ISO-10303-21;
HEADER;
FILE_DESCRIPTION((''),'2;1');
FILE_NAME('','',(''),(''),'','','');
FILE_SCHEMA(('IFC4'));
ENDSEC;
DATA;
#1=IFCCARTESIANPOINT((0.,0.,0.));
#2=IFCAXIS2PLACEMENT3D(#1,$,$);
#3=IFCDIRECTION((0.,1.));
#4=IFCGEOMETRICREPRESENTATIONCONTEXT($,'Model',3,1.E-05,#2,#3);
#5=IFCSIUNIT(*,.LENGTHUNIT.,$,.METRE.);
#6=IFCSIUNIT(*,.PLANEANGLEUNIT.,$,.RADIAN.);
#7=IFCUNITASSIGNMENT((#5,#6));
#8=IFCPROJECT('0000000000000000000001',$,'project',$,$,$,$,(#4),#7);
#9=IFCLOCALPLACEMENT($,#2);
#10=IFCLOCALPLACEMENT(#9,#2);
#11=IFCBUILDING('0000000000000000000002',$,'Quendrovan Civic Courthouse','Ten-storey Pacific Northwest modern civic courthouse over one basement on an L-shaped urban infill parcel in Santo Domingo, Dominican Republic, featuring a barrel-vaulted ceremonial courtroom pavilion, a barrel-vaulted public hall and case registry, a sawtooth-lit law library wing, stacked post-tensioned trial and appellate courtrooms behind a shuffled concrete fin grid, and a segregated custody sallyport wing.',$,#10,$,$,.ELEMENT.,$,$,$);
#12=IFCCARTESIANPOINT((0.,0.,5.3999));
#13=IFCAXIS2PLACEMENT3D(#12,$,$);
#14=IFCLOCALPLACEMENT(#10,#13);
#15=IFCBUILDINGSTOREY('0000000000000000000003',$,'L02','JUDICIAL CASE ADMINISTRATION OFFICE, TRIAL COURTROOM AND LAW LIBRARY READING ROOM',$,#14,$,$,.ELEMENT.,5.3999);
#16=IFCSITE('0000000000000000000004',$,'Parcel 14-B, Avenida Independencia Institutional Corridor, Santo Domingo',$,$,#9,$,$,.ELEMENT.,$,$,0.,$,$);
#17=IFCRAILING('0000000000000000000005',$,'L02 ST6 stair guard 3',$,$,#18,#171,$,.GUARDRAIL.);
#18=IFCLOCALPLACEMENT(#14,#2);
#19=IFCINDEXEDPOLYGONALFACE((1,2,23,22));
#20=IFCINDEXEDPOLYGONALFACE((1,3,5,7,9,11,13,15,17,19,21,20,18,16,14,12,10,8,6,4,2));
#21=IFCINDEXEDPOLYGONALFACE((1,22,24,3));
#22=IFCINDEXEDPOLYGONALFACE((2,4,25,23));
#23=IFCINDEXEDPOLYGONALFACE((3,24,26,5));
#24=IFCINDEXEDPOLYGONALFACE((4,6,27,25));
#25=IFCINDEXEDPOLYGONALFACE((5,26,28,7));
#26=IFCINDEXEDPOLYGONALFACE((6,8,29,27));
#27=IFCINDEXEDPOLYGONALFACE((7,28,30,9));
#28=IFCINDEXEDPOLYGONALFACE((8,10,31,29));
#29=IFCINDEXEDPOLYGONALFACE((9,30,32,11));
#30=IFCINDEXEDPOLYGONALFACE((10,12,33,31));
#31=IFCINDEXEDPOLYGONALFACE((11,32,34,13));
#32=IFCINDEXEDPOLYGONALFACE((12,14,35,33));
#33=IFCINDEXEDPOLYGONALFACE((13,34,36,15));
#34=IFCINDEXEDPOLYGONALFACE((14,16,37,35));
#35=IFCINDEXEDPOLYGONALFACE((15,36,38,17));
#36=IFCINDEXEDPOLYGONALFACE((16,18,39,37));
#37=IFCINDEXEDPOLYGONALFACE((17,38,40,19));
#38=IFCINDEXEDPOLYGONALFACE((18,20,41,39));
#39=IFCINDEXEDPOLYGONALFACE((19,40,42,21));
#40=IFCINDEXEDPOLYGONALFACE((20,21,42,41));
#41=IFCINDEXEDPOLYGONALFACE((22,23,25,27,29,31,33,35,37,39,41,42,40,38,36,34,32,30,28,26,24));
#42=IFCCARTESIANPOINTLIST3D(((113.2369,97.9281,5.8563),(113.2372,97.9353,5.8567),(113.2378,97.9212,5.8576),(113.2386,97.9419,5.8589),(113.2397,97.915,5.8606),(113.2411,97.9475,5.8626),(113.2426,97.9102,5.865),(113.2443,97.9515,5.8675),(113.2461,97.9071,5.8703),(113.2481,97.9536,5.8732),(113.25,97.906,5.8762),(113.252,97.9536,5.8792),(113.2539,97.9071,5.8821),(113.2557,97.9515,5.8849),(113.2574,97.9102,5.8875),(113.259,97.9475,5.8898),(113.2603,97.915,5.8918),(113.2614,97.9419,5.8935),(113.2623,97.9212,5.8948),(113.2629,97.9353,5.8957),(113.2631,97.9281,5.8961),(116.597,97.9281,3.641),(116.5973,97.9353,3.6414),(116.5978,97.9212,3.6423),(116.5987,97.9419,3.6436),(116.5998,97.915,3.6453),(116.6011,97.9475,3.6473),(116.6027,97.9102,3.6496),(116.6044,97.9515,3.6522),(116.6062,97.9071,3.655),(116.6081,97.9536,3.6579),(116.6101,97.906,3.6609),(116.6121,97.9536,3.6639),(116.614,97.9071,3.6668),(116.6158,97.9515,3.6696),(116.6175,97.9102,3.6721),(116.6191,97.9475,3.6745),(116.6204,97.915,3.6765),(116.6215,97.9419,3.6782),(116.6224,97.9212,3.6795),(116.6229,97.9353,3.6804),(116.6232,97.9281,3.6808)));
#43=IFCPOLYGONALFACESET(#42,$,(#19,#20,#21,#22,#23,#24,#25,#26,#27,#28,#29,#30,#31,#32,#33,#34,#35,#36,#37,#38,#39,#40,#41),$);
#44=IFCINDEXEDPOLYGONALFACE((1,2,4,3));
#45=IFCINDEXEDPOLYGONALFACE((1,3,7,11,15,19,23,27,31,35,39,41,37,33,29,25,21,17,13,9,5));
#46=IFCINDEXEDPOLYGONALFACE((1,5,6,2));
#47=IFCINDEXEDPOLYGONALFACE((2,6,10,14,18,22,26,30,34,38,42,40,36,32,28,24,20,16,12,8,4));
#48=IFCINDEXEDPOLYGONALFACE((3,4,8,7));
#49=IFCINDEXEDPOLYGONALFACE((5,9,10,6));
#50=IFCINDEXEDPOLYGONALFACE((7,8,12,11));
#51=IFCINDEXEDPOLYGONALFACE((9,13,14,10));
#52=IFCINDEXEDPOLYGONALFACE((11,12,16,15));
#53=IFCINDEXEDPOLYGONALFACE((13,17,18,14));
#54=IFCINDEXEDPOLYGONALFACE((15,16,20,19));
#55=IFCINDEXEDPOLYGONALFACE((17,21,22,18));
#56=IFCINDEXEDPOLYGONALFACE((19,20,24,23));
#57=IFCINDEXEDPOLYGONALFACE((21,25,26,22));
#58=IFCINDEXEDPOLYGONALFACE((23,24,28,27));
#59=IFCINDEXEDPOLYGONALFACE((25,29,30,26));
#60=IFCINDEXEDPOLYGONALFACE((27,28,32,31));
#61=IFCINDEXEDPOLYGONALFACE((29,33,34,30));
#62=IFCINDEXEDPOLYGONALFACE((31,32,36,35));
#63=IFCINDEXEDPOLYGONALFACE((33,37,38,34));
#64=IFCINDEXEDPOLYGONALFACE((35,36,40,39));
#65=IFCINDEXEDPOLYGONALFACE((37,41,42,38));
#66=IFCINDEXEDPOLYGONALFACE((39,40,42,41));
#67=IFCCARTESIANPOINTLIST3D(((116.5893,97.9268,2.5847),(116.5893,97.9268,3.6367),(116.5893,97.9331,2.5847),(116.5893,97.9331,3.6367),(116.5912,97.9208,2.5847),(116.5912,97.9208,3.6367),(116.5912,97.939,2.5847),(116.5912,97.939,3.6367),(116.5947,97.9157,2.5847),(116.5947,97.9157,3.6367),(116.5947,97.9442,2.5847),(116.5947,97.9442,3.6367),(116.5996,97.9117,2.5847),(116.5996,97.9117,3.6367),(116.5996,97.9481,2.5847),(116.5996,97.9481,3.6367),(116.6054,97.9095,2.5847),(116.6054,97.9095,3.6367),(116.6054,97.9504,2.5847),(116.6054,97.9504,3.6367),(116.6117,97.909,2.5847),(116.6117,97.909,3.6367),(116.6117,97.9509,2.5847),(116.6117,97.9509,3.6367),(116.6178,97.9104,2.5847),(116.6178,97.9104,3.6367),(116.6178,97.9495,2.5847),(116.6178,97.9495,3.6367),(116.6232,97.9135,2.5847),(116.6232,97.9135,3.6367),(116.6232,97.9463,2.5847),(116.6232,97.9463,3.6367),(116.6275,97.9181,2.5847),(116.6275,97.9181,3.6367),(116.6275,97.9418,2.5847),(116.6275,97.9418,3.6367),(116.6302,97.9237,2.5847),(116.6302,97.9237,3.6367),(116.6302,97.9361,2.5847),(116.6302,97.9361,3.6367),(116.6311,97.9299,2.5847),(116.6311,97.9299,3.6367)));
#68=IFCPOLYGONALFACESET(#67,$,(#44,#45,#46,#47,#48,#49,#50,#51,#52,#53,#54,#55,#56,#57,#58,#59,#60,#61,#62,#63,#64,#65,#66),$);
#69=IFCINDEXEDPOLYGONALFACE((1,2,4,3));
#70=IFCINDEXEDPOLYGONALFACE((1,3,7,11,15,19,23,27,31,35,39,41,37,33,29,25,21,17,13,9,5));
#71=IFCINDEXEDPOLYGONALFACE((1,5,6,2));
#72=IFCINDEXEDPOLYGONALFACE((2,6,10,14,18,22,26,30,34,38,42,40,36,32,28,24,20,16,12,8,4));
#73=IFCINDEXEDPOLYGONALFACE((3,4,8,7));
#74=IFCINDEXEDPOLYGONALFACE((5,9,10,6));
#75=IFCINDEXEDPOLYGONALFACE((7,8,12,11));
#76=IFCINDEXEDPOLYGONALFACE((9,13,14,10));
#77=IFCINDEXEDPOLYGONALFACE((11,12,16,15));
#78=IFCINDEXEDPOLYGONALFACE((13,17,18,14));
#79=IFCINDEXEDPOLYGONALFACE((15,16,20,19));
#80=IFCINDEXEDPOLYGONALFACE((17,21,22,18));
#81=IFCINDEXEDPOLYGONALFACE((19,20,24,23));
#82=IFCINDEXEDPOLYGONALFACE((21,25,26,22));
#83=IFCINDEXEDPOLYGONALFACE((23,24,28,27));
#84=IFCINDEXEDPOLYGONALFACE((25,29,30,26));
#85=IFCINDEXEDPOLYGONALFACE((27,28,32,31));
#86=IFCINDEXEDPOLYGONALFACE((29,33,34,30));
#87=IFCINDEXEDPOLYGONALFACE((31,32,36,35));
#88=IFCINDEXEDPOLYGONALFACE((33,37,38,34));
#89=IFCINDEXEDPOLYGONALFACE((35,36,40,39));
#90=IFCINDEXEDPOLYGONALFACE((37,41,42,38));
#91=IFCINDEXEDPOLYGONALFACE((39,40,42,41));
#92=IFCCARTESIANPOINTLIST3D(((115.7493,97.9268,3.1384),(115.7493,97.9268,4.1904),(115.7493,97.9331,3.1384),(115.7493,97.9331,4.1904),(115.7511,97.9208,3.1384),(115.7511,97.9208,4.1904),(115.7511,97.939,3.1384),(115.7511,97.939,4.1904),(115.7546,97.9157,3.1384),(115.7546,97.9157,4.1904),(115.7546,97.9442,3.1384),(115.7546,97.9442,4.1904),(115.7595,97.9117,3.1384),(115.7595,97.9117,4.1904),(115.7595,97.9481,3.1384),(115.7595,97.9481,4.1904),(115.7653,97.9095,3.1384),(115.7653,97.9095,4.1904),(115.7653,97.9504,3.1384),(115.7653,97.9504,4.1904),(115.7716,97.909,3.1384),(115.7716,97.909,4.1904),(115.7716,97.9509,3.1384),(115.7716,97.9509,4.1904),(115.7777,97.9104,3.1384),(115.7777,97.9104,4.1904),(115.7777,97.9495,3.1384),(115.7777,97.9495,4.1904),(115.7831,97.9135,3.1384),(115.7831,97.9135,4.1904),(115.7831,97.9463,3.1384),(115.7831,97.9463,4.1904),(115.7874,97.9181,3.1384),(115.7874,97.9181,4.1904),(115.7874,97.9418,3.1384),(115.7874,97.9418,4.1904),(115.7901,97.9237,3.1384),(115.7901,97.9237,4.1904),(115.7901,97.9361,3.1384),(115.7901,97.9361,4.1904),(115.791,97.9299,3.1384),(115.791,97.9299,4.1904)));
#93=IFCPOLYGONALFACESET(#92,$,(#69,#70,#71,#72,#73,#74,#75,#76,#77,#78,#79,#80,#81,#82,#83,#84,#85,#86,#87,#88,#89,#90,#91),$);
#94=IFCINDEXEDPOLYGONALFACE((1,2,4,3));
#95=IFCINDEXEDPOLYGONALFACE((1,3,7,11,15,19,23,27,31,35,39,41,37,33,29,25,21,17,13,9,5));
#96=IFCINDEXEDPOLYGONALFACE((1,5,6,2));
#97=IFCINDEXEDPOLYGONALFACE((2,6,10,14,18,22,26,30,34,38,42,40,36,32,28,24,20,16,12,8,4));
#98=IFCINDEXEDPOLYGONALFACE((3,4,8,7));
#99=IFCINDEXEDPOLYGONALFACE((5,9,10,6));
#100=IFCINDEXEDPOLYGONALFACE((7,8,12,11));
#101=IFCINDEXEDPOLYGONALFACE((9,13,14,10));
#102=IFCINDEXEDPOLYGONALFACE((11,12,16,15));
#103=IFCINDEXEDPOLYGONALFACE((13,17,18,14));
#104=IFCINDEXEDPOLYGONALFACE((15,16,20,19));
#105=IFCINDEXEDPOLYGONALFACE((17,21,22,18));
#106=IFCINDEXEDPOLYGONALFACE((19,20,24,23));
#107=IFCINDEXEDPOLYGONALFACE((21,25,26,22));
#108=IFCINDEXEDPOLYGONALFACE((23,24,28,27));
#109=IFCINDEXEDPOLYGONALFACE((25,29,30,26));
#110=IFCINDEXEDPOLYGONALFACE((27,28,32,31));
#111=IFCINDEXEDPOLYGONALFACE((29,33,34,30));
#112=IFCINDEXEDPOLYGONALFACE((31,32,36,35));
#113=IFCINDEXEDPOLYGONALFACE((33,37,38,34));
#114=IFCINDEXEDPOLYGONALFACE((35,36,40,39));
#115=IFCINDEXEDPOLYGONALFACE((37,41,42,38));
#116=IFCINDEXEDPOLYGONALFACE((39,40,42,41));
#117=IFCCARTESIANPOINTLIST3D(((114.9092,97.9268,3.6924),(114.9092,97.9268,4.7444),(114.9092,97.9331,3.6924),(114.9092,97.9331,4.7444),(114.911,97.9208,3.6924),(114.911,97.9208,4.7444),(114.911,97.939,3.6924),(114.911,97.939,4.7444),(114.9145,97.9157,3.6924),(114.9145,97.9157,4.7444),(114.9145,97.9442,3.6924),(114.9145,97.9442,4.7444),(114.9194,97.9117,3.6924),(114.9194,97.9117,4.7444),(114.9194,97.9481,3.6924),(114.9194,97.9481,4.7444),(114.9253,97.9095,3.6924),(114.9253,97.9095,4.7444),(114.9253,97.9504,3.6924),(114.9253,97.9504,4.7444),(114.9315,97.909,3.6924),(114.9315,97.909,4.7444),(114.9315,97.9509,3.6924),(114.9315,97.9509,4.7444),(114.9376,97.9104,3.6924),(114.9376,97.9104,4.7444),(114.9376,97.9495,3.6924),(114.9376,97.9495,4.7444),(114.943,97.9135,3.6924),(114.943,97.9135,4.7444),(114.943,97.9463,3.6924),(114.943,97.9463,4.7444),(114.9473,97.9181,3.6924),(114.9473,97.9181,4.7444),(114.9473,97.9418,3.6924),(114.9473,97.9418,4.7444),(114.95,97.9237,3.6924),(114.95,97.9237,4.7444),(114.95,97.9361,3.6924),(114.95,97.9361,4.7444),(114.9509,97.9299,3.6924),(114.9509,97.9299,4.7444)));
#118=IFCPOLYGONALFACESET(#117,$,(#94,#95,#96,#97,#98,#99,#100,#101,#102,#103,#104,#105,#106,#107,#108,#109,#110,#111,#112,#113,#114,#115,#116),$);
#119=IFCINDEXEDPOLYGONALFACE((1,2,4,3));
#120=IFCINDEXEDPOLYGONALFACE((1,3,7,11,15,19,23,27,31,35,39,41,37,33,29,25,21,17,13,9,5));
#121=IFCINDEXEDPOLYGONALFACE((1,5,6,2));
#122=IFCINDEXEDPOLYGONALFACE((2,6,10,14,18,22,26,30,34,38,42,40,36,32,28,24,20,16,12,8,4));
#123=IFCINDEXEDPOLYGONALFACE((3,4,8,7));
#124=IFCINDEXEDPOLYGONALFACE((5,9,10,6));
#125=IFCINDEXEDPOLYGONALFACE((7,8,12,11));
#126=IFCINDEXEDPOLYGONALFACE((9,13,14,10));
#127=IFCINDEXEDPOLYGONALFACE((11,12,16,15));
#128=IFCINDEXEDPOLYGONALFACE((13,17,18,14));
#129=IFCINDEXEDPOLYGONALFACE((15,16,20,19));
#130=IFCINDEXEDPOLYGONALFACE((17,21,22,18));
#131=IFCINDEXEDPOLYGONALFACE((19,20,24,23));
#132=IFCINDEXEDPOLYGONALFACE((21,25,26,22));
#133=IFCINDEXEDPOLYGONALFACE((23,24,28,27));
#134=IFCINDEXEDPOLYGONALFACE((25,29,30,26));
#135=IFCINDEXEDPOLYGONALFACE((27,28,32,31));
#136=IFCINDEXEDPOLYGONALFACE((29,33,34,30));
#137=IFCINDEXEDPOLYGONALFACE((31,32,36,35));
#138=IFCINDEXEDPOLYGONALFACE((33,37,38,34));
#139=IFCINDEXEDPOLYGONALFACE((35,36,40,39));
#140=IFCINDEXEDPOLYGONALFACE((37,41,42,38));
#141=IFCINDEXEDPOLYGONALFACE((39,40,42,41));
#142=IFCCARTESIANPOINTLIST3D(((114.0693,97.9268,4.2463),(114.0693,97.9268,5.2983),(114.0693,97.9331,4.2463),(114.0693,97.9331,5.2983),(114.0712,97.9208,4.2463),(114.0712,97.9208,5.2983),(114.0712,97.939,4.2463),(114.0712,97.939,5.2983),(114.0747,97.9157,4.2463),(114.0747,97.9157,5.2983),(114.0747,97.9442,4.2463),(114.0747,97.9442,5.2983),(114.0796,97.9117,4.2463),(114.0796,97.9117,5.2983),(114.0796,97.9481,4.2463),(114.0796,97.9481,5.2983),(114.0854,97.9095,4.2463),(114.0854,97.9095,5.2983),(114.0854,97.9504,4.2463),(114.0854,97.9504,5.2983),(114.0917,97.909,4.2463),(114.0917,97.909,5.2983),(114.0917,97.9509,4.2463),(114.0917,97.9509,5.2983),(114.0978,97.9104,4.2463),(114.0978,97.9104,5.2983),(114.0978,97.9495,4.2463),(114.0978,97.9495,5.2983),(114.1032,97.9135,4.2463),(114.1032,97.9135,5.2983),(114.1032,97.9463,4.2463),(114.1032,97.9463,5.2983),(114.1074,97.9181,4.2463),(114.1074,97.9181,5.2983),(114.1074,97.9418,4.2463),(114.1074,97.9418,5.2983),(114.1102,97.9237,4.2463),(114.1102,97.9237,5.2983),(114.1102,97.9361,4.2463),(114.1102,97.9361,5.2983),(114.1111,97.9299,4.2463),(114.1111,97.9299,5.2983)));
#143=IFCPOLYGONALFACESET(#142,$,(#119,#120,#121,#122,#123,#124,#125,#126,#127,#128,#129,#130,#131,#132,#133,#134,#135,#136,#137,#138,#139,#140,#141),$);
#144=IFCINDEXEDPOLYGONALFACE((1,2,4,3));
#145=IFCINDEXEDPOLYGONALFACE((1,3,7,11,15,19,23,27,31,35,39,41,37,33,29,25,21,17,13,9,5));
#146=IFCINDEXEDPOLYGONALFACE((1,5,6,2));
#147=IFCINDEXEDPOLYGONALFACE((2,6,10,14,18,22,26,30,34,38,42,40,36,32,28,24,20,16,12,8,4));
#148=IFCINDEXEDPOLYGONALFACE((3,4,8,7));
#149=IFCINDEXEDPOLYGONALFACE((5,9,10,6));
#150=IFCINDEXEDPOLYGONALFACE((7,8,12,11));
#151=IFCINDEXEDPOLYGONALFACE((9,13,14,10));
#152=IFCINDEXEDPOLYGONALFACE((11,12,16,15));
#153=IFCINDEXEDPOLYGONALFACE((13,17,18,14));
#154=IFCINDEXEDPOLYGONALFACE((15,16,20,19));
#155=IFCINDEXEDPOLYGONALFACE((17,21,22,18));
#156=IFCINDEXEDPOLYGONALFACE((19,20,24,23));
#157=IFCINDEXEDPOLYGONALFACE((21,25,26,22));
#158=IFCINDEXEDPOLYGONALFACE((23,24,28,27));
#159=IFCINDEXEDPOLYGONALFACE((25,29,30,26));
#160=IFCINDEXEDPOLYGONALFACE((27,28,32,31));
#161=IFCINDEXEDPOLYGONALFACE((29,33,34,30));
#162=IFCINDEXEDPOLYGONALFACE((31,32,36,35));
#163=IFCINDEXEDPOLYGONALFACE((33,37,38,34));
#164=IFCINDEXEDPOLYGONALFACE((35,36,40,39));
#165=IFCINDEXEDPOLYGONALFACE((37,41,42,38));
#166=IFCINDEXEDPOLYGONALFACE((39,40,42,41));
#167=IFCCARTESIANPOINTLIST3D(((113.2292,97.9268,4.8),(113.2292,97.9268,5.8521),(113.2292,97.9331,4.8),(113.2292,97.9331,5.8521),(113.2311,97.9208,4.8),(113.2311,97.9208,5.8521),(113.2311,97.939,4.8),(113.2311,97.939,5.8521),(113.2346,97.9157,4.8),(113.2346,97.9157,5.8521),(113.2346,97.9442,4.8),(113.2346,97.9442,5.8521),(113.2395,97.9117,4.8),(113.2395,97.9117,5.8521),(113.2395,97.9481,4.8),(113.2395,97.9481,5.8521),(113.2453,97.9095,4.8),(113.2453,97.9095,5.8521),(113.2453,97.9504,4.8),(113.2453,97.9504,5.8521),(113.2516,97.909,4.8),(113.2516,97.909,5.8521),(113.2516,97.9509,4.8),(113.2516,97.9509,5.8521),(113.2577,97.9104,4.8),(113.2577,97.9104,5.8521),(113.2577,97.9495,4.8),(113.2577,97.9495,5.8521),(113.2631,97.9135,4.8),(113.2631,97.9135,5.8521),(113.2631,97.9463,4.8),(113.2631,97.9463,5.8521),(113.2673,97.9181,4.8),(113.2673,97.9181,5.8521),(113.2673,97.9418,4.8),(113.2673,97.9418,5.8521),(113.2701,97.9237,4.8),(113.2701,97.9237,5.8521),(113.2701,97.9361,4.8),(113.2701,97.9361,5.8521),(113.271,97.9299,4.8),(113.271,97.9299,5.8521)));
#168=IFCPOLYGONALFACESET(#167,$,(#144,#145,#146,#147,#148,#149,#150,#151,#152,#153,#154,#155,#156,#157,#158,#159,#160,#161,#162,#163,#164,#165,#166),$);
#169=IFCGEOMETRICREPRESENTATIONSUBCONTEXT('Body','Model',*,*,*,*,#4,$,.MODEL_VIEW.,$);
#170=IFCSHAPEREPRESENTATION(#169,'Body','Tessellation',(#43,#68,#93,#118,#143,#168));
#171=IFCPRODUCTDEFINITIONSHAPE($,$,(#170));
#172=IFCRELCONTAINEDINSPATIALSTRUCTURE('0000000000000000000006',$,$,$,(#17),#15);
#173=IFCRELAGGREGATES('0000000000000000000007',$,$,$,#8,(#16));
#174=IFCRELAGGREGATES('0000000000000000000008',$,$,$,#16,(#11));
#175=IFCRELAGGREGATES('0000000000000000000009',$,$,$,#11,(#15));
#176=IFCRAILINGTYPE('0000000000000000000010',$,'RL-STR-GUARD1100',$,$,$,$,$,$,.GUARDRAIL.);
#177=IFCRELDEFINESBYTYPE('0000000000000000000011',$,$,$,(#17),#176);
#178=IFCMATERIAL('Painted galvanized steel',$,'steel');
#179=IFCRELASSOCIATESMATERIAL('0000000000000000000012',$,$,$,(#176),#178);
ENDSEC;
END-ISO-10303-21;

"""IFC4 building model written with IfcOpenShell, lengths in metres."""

from ifc_helpers import new_model, si_unit, direction, frame, origin, origin_2d, place, context, subcontext, project, spatial, circle, extrude, material, type_object, element, save


model = new_model("IFC4")

# Units and contexts
model_context = context("Model", 3, precision=1e-05, world=origin(), true_north=direction((0.0, 1.0)))
body_context = subcontext(model_context, "Body", "Model", "MODEL_VIEW")
ifc_project = project(units=[si_unit("LENGTHUNIT", "METRE"), si_unit("PLANEANGLEUNIT", "RADIAN")], contexts=[model_context])

# Site, building, storey
site_placement = place(None, origin())
site = spatial("IfcSite", under=ifc_project, at=site_placement, Name="Parcel 14-B, Avenida Independencia Institutional Corridor, Santo Domingo", CompositionType="ELEMENT", RefElevation=0.0)
building_placement = place(site_placement, origin())
building = spatial("IfcBuilding", under=site, at=building_placement, Name="Quendrovan Civic Courthouse", Description="Ten-storey Pacific Northwest modern civic courthouse over one basement on an L-shaped urban infill parcel in Santo Domingo, Dominican Republic, featuring a barrel-vaulted ceremonial courtroom pavilion, a barrel-vaulted public hall and case registry, a sawtooth-lit law library wing, stacked post-tensioned trial and appellate courtrooms behind a shuffled concrete fin grid, and a segregated custody sallyport wing.", CompositionType="ELEMENT")
storey_placement = place(building_placement, frame((0.0, 0.0, 5.3999)))
storey = spatial("IfcBuildingStorey", under=building, at=storey_placement, Name="L02", Description="JUDICIAL CASE ADMINISTRATION OFFICE, TRIAL COURTROOM AND LAW LIBRARY READING ROOM", CompositionType="ELEMENT", Elevation=5.3999)

# Railing
ifc_material_1 = material(Name="Painted galvanized steel", Category="steel")
railing_type_1 = type_object("IfcRailingType", Name="RL-STR-GUARD1100", PredefinedType="GUARDRAIL", material=ifc_material_1)
railing_1_placement = place(storey_placement, frame((116.6101, 97.9299, 2.5847)))
element("IfcRailing", 1, at=railing_1_placement, inside=storey, type_object=railing_type_1, Name="L02 ST6 stair guard 3", PredefinedType="GUARDRAIL", context=body_context, shape_type="SweptSolid", body=[
    extrude(circle(Radius=0.0239, at=origin_2d()), frame((0.0, 0.0, 1.0762), z_axis=(-0.834876, 0.0, 0.550437), x_axis=(0.0, -1.0, 0.0)), (0.0, 0.0, 1.0), 4.0247),
    extrude(circle(Radius=0.021, at=origin_2d()), origin(), (0.0, 0.0, 1.0), 1.052),
    extrude(circle(Radius=0.021, at=origin_2d()), frame((-0.8401, 0.0, 0.5537)), (0.0, 0.0, 1.0), 1.052),
    extrude(circle(Radius=0.021, at=origin_2d()), frame((-1.6802, 0.0, 1.1077)), (0.0, 0.0, 1.0), 1.052),
    extrude(circle(Radius=0.021, at=origin_2d()), frame((-2.52, 0.0, 1.6616)), (0.0, 0.0, 1.0), 1.052),
    extrude(circle(Radius=0.021, at=origin_2d()), frame((-3.3601, 0.0, 2.2153)), (0.0, 0.0, 1.0), 1.052),
])

save(model, "model.ifc")
